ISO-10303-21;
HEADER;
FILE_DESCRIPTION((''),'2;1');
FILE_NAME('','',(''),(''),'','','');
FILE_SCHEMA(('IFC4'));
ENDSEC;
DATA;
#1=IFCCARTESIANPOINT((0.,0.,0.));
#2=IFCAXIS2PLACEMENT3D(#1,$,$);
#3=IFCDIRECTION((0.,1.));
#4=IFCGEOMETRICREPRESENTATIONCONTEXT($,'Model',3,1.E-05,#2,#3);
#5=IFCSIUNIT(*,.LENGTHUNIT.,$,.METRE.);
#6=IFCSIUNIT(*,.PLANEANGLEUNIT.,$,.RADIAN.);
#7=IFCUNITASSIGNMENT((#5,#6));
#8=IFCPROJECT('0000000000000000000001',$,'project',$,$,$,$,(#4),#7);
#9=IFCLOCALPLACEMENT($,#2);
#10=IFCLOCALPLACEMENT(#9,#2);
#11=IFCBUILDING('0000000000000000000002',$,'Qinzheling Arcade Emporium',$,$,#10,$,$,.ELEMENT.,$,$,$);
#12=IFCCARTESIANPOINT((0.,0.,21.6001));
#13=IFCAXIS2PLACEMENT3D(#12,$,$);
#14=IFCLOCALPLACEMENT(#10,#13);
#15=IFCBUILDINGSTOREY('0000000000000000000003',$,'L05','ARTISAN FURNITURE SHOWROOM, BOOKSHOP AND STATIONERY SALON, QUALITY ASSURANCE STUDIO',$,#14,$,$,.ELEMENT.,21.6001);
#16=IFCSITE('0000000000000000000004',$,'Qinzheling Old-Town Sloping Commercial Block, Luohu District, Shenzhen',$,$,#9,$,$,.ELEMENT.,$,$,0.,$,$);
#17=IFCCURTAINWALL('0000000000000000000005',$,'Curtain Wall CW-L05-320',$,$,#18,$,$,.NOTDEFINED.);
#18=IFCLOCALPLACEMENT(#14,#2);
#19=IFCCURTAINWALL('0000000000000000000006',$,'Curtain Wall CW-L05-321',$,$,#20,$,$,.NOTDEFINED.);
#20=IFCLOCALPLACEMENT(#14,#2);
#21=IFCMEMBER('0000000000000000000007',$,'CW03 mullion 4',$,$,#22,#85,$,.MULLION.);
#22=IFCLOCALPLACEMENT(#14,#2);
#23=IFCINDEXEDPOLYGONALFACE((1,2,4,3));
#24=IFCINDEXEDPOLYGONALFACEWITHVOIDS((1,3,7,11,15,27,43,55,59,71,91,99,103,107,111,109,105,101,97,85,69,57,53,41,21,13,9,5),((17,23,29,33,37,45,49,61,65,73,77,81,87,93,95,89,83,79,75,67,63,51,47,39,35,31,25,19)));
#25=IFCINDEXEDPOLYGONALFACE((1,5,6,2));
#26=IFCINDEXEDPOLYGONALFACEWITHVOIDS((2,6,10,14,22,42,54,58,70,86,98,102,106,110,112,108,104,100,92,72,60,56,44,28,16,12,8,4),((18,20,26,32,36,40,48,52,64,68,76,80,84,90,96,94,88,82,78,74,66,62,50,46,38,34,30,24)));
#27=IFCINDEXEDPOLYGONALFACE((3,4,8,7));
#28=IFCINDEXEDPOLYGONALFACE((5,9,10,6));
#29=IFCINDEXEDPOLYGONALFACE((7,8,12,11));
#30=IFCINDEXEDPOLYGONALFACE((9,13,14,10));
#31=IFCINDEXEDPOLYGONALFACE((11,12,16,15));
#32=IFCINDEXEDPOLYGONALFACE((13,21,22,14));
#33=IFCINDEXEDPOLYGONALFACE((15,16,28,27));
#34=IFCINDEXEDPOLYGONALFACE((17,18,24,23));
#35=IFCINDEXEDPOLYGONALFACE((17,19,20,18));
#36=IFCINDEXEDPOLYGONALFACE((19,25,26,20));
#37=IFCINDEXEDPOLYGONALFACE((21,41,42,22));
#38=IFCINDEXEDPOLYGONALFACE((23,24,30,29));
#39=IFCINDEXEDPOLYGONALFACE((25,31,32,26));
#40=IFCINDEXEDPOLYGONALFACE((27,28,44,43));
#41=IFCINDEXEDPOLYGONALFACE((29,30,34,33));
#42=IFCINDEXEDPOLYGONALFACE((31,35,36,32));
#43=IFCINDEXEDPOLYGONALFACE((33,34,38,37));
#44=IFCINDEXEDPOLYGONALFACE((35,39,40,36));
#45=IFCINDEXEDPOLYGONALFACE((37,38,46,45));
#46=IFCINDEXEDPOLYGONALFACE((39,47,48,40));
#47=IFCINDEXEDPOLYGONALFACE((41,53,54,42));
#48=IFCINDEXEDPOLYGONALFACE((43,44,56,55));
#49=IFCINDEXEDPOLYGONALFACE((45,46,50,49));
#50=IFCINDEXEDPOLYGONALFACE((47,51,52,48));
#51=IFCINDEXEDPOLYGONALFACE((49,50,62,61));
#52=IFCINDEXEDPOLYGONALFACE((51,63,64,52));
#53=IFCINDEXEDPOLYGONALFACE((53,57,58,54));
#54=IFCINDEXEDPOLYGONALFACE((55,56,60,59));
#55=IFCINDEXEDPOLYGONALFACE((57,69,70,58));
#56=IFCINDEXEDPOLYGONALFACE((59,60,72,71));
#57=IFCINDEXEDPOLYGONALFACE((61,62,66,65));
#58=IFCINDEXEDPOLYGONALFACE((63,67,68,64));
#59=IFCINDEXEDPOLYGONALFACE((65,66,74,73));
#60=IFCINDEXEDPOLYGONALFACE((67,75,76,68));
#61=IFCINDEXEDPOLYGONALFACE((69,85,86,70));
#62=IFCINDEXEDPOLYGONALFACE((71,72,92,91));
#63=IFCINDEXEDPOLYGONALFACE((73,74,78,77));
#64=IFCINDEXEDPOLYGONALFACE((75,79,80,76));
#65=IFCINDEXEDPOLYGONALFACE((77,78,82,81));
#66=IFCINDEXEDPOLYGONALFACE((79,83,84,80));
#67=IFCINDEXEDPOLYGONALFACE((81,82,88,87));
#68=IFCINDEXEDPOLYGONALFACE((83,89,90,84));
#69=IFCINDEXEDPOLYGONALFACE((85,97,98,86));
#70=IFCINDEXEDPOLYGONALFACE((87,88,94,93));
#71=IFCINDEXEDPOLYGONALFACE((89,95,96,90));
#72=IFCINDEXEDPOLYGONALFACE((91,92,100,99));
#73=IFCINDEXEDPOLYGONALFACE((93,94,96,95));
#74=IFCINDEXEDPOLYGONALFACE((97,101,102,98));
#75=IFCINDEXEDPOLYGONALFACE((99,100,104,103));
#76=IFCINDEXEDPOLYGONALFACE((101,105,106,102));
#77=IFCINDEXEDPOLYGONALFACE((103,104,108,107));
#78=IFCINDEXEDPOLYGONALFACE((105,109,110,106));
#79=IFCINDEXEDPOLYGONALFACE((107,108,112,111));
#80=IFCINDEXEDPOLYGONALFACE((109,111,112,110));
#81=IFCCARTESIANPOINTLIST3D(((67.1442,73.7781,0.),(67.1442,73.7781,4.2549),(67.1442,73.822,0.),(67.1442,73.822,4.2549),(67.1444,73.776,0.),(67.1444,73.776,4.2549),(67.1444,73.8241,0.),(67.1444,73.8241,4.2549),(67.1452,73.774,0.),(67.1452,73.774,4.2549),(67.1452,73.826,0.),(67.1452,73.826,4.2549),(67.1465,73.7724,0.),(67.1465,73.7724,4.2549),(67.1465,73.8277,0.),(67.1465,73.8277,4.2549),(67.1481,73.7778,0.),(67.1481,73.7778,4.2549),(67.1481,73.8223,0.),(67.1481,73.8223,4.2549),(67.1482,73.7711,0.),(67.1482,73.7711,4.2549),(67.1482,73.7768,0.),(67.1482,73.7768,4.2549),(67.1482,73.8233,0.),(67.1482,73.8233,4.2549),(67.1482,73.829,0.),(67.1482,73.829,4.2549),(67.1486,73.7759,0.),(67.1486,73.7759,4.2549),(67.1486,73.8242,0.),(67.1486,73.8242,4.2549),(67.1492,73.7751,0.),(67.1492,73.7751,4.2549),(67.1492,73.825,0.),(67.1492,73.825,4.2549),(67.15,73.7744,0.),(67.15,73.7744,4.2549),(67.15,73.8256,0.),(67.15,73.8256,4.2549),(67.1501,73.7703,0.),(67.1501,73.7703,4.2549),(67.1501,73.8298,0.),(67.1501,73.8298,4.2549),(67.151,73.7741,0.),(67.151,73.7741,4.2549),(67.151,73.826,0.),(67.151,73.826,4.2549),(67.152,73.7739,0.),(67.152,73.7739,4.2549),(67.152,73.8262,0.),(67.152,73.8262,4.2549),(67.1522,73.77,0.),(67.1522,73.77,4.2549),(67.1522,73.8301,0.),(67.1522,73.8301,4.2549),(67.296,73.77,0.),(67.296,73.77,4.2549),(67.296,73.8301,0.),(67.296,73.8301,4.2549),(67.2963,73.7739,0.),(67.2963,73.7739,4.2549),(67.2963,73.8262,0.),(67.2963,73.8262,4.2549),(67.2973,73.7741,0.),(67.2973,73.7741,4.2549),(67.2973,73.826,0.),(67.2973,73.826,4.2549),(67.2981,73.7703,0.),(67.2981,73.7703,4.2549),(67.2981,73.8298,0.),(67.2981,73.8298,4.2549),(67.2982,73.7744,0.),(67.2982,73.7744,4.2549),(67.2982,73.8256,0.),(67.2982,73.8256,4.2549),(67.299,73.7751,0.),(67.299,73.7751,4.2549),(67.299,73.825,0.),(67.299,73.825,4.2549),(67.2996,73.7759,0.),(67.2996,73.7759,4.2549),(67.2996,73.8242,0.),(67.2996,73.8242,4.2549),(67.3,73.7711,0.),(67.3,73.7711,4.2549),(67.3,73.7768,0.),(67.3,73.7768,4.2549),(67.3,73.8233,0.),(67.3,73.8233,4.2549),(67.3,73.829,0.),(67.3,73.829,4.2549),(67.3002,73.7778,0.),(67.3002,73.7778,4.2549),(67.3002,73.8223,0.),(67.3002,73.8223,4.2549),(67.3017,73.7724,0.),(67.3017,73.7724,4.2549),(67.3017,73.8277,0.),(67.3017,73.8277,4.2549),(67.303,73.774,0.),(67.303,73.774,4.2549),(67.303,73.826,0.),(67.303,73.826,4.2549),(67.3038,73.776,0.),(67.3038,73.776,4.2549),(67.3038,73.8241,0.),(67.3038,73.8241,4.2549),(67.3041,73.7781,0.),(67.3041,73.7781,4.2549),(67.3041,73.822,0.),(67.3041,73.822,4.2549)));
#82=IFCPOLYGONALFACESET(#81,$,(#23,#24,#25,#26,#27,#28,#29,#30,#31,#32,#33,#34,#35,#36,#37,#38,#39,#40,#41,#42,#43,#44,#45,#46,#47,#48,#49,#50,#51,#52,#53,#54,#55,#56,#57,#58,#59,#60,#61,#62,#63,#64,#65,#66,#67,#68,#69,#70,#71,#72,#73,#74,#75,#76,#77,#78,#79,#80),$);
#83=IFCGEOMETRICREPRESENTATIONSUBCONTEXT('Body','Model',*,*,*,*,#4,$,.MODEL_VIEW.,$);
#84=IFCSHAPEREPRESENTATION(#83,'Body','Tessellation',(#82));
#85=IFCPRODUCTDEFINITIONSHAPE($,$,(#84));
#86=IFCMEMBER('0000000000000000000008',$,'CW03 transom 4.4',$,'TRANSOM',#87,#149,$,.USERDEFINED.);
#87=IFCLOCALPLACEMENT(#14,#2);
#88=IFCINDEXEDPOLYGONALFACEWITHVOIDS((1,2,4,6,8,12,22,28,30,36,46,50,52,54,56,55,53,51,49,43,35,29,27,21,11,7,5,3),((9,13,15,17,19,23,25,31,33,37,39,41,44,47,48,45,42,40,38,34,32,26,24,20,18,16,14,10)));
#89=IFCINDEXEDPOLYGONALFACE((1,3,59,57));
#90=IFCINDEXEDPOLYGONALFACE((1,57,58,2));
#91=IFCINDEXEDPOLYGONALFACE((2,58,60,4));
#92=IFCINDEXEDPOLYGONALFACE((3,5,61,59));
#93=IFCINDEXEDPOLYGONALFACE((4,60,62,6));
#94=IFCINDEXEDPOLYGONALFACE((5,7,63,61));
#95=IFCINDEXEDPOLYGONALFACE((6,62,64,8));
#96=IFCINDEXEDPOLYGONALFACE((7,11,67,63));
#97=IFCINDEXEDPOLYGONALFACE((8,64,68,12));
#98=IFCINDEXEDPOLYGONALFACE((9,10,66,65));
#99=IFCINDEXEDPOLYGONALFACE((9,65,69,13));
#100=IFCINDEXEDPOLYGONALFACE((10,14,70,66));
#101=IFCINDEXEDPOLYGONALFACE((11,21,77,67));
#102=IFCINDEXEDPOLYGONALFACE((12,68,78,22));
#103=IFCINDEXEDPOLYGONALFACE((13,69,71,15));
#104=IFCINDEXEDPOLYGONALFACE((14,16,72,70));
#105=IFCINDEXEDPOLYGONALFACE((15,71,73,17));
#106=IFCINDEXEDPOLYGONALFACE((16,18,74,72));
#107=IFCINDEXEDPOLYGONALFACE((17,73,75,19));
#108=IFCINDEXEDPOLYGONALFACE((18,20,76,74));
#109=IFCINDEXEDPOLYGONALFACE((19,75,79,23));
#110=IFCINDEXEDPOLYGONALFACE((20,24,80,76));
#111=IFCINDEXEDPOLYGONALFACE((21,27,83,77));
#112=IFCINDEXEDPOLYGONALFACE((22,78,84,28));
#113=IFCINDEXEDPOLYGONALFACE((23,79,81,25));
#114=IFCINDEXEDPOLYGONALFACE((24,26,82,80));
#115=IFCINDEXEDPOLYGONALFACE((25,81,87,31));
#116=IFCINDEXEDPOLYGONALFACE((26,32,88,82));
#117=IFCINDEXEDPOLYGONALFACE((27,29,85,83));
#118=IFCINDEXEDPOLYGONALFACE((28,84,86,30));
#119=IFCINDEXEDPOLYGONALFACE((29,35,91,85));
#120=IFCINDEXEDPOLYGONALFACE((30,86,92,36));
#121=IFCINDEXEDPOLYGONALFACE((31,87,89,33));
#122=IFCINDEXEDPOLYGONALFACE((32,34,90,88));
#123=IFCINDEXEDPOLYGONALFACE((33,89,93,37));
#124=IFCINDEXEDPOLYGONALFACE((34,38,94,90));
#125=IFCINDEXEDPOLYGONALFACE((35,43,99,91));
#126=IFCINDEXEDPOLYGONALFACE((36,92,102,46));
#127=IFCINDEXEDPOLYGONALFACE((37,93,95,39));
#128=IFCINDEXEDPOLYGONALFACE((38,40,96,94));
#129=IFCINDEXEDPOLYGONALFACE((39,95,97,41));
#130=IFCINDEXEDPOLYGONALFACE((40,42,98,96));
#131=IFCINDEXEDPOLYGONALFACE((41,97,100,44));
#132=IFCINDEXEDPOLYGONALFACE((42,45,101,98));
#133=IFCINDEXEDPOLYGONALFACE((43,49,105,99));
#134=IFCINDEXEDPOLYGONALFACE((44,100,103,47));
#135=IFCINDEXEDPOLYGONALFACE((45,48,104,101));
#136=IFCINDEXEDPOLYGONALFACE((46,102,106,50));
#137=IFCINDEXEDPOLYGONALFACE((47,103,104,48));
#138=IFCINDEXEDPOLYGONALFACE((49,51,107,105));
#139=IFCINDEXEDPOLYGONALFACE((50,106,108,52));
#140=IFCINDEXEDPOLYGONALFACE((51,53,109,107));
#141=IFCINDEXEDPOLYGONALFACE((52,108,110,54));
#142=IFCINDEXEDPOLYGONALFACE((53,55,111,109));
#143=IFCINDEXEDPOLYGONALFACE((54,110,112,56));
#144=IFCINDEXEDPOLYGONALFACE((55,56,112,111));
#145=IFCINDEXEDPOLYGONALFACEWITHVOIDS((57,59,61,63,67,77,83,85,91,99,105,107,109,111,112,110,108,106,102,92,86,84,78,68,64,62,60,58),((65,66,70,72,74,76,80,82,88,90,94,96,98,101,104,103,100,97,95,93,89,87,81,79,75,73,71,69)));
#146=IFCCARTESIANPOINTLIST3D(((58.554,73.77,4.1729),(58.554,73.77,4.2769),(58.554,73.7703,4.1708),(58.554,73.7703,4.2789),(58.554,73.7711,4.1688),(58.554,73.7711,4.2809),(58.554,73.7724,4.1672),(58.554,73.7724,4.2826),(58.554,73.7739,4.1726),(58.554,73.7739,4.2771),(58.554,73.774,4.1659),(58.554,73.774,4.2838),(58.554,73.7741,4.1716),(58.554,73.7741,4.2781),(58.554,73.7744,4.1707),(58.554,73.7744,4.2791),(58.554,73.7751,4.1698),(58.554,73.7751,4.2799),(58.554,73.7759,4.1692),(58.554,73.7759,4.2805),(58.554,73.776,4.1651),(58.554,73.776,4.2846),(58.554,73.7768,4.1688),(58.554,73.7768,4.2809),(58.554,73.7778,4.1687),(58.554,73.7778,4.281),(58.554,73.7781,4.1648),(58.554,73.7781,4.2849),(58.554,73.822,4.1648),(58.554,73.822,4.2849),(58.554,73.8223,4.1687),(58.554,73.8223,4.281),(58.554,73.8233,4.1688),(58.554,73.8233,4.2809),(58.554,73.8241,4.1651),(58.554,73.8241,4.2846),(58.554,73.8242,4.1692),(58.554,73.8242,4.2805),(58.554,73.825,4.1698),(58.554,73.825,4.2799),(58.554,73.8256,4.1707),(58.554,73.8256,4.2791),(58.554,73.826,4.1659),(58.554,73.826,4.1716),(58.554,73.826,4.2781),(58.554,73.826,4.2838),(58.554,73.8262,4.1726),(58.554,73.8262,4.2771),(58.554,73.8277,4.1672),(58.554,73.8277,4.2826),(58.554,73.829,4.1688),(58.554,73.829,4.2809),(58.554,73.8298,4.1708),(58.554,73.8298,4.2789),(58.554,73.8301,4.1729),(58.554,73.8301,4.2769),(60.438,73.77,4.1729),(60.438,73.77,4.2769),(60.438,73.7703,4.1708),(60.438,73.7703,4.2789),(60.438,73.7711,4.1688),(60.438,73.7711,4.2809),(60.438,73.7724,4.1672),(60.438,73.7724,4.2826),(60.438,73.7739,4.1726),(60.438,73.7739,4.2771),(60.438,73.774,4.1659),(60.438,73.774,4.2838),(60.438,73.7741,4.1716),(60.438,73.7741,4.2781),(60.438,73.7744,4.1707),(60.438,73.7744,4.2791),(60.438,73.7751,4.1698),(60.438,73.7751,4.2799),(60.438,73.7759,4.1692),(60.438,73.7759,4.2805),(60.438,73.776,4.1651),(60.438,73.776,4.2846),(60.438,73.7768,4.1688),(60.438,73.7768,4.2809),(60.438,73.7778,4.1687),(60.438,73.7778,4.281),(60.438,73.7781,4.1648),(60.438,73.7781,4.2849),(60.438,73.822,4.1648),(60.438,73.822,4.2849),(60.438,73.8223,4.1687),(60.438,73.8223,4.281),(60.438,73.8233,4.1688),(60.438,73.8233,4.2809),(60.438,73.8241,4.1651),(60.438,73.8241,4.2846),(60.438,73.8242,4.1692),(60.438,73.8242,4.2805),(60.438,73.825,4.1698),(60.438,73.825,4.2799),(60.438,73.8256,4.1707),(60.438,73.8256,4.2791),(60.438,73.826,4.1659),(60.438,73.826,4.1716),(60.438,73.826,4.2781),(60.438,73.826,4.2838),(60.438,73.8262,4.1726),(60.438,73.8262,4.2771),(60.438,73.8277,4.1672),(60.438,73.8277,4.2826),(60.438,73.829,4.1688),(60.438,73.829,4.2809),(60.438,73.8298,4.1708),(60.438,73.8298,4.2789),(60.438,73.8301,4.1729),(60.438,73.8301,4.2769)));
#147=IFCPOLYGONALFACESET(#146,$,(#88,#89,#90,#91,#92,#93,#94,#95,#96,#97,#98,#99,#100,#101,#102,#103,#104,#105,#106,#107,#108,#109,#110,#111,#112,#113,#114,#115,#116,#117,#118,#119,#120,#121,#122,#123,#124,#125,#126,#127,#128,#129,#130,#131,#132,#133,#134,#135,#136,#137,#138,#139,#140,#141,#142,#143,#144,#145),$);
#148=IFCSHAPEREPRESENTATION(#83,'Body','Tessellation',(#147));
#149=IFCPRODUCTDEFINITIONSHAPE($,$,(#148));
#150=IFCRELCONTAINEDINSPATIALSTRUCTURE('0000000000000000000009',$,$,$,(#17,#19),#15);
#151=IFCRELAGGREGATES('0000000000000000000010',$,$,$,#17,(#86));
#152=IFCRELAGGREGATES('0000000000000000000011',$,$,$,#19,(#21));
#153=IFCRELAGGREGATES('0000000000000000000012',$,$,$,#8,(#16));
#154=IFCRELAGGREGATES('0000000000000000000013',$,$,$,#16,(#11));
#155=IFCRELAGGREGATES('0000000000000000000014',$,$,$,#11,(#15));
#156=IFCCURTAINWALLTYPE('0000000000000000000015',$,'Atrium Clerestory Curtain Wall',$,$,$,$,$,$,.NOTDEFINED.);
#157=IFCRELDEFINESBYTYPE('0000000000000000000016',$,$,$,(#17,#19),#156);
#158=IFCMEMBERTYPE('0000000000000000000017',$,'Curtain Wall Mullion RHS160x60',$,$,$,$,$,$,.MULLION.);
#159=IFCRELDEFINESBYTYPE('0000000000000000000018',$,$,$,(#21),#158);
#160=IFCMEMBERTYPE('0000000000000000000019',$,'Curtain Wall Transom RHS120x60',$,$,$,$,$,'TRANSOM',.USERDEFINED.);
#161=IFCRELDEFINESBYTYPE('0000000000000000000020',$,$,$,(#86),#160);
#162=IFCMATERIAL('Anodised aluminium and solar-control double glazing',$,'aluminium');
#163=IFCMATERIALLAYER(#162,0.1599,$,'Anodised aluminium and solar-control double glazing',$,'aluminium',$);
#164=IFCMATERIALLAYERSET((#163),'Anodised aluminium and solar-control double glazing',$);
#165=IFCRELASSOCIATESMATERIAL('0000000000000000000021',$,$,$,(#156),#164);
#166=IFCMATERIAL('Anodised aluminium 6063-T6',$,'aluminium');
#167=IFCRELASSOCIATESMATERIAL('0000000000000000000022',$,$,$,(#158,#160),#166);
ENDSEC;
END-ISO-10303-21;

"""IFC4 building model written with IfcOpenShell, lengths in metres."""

from ifc_helpers import new_model, si_unit, direction, frame, origin, origin_2d, place, context, subcontext, project, spatial, hollow_rectangle, extrude, material, layer, layer_set, material_profile, profile_set, type_object, element, aggregate, save


model = new_model("IFC4")

# Units and contexts
model_context = context("Model", 3, precision=1e-05, world=origin(), true_north=direction((0.0, 1.0)))
body_context = subcontext(model_context, "Body", "Model", "MODEL_VIEW")
ifc_project = project(units=[si_unit("LENGTHUNIT", "METRE"), si_unit("PLANEANGLEUNIT", "RADIAN")], contexts=[model_context])

# Site, building, storey
site_placement = place(None, origin())
site = spatial("IfcSite", under=ifc_project, at=site_placement, Name="Qinzheling Old-Town Sloping Commercial Block, Luohu District, Shenzhen", CompositionType="ELEMENT", RefElevation=0.0)
building_placement = place(site_placement, origin())
building = spatial("IfcBuilding", under=site, at=building_placement, Name="Qinzheling Arcade Emporium", CompositionType="ELEMENT")
storey_placement = place(building_placement, frame((0.0, 0.0, 21.6001)))
storey = spatial("IfcBuildingStorey", under=building, at=storey_placement, Name="L05", Description="ARTISAN FURNITURE SHOWROOM, BOOKSHOP AND STATIONERY SALON, QUALITY ASSURANCE STUDIO", CompositionType="ELEMENT", Elevation=21.6001)

# Curtain wall
ifc_material_1 = material(Name="Anodised aluminium and solar-control double glazing", Category="aluminium")
ifc_layer_1 = layer(ifc_material_1, 0.1599, Name="Anodised aluminium and solar-control double glazing", Category="aluminium")
ifc_layer_set_1 = layer_set([ifc_layer_1], Name="Anodised aluminium and solar-control double glazing")
curtain_wall_type = type_object("IfcCurtainWallType", Name="Atrium Clerestory Curtain Wall", PredefinedType="NOTDEFINED", material=ifc_layer_set_1)
curtain_wall_1_placement = place(storey_placement, origin())
curtain_wall_1 = element("IfcCurtainWall", 1, at=curtain_wall_1_placement, inside=storey, type_object=curtain_wall_type, Name="Curtain Wall CW-L05-320", PredefinedType="NOTDEFINED")
ifc_material_2 = material(Name="Anodised aluminium 6063-T6", Category="aluminium")
ifc_material_profile_1 = material_profile(ifc_material_2, hollow_rectangle(XDim=0.0601, YDim=0.1599, WallThickness=0.0039, InnerFilletRadius=0.0039, OuterFilletRadius=0.0081, at=origin_2d()), Name="RHS 160x60x4", Category="aluminium")
ifc_profile_set_1 = profile_set([ifc_material_profile_1], Name="Anodised aluminium 6063-T6")
member_type_1 = type_object("IfcMemberType", Name="Curtain Wall Mullion RHS160x60", PredefinedType="MULLION", material=ifc_profile_set_1)

# Curtain wall, member
curtain_wall_2_placement = place(storey_placement, origin())
curtain_wall_2 = element("IfcCurtainWall", 2, at=curtain_wall_2_placement, inside=storey, type_object=curtain_wall_type, Name="Curtain Wall CW-L05-321", PredefinedType="NOTDEFINED")
member_1_placement = place(storey_placement, frame((67.2241, 73.8, 0.0), z_axis=(0.0, 0.0, 1.0), x_axis=(0.0, 1.0, 0.0)))
member_1 = element("IfcMember", 3, at=member_1_placement, type_object=member_type_1, Name="CW03 mullion 4", PredefinedType="MULLION", context=body_context, shape_type="SweptSolid", body=[
    extrude(hollow_rectangle(XDim=0.0601, YDim=0.1599, WallThickness=0.0039, InnerFilletRadius=0.0039, OuterFilletRadius=0.0081, at=origin_2d()), origin(), (0.0, 0.0, 1.0), 4.2549),
])

# Member
ifc_material_profile_2 = material_profile(ifc_material_2, hollow_rectangle(XDim=0.0601, YDim=0.1201, WallThickness=0.0039, InnerFilletRadius=0.0039, OuterFilletRadius=0.0081, at=origin_2d()), Name="RHS 120x60x4", Category="aluminium")
ifc_profile_set_2 = profile_set([ifc_material_profile_2], Name="Anodised aluminium 6063-T6")
member_type_2 = type_object("IfcMemberType", Name="Curtain Wall Transom RHS120x60", ElementType="TRANSOM", PredefinedType="USERDEFINED", material=ifc_profile_set_2)
member_2_placement = place(storey_placement, frame((58.554, 73.8, 4.2249), z_axis=(1.0, 0.0, 0.0), x_axis=(0.0, 1.0, 0.0)))
member_2 = element("IfcMember", 4, at=member_2_placement, type_object=member_type_2, Name="CW03 transom 4.4", ObjectType="TRANSOM", PredefinedType="USERDEFINED", context=body_context, shape_type="SweptSolid", body=[
    extrude(hollow_rectangle(XDim=0.0601, YDim=0.1201, WallThickness=0.0039, InnerFilletRadius=0.0039, OuterFilletRadius=0.0081, at=origin_2d()), origin(), (0.0, 0.0, 1.0), 1.884),
])

aggregate(curtain_wall_1, [member_2])
aggregate(curtain_wall_2, [member_1])

save(model, "model.ifc")
